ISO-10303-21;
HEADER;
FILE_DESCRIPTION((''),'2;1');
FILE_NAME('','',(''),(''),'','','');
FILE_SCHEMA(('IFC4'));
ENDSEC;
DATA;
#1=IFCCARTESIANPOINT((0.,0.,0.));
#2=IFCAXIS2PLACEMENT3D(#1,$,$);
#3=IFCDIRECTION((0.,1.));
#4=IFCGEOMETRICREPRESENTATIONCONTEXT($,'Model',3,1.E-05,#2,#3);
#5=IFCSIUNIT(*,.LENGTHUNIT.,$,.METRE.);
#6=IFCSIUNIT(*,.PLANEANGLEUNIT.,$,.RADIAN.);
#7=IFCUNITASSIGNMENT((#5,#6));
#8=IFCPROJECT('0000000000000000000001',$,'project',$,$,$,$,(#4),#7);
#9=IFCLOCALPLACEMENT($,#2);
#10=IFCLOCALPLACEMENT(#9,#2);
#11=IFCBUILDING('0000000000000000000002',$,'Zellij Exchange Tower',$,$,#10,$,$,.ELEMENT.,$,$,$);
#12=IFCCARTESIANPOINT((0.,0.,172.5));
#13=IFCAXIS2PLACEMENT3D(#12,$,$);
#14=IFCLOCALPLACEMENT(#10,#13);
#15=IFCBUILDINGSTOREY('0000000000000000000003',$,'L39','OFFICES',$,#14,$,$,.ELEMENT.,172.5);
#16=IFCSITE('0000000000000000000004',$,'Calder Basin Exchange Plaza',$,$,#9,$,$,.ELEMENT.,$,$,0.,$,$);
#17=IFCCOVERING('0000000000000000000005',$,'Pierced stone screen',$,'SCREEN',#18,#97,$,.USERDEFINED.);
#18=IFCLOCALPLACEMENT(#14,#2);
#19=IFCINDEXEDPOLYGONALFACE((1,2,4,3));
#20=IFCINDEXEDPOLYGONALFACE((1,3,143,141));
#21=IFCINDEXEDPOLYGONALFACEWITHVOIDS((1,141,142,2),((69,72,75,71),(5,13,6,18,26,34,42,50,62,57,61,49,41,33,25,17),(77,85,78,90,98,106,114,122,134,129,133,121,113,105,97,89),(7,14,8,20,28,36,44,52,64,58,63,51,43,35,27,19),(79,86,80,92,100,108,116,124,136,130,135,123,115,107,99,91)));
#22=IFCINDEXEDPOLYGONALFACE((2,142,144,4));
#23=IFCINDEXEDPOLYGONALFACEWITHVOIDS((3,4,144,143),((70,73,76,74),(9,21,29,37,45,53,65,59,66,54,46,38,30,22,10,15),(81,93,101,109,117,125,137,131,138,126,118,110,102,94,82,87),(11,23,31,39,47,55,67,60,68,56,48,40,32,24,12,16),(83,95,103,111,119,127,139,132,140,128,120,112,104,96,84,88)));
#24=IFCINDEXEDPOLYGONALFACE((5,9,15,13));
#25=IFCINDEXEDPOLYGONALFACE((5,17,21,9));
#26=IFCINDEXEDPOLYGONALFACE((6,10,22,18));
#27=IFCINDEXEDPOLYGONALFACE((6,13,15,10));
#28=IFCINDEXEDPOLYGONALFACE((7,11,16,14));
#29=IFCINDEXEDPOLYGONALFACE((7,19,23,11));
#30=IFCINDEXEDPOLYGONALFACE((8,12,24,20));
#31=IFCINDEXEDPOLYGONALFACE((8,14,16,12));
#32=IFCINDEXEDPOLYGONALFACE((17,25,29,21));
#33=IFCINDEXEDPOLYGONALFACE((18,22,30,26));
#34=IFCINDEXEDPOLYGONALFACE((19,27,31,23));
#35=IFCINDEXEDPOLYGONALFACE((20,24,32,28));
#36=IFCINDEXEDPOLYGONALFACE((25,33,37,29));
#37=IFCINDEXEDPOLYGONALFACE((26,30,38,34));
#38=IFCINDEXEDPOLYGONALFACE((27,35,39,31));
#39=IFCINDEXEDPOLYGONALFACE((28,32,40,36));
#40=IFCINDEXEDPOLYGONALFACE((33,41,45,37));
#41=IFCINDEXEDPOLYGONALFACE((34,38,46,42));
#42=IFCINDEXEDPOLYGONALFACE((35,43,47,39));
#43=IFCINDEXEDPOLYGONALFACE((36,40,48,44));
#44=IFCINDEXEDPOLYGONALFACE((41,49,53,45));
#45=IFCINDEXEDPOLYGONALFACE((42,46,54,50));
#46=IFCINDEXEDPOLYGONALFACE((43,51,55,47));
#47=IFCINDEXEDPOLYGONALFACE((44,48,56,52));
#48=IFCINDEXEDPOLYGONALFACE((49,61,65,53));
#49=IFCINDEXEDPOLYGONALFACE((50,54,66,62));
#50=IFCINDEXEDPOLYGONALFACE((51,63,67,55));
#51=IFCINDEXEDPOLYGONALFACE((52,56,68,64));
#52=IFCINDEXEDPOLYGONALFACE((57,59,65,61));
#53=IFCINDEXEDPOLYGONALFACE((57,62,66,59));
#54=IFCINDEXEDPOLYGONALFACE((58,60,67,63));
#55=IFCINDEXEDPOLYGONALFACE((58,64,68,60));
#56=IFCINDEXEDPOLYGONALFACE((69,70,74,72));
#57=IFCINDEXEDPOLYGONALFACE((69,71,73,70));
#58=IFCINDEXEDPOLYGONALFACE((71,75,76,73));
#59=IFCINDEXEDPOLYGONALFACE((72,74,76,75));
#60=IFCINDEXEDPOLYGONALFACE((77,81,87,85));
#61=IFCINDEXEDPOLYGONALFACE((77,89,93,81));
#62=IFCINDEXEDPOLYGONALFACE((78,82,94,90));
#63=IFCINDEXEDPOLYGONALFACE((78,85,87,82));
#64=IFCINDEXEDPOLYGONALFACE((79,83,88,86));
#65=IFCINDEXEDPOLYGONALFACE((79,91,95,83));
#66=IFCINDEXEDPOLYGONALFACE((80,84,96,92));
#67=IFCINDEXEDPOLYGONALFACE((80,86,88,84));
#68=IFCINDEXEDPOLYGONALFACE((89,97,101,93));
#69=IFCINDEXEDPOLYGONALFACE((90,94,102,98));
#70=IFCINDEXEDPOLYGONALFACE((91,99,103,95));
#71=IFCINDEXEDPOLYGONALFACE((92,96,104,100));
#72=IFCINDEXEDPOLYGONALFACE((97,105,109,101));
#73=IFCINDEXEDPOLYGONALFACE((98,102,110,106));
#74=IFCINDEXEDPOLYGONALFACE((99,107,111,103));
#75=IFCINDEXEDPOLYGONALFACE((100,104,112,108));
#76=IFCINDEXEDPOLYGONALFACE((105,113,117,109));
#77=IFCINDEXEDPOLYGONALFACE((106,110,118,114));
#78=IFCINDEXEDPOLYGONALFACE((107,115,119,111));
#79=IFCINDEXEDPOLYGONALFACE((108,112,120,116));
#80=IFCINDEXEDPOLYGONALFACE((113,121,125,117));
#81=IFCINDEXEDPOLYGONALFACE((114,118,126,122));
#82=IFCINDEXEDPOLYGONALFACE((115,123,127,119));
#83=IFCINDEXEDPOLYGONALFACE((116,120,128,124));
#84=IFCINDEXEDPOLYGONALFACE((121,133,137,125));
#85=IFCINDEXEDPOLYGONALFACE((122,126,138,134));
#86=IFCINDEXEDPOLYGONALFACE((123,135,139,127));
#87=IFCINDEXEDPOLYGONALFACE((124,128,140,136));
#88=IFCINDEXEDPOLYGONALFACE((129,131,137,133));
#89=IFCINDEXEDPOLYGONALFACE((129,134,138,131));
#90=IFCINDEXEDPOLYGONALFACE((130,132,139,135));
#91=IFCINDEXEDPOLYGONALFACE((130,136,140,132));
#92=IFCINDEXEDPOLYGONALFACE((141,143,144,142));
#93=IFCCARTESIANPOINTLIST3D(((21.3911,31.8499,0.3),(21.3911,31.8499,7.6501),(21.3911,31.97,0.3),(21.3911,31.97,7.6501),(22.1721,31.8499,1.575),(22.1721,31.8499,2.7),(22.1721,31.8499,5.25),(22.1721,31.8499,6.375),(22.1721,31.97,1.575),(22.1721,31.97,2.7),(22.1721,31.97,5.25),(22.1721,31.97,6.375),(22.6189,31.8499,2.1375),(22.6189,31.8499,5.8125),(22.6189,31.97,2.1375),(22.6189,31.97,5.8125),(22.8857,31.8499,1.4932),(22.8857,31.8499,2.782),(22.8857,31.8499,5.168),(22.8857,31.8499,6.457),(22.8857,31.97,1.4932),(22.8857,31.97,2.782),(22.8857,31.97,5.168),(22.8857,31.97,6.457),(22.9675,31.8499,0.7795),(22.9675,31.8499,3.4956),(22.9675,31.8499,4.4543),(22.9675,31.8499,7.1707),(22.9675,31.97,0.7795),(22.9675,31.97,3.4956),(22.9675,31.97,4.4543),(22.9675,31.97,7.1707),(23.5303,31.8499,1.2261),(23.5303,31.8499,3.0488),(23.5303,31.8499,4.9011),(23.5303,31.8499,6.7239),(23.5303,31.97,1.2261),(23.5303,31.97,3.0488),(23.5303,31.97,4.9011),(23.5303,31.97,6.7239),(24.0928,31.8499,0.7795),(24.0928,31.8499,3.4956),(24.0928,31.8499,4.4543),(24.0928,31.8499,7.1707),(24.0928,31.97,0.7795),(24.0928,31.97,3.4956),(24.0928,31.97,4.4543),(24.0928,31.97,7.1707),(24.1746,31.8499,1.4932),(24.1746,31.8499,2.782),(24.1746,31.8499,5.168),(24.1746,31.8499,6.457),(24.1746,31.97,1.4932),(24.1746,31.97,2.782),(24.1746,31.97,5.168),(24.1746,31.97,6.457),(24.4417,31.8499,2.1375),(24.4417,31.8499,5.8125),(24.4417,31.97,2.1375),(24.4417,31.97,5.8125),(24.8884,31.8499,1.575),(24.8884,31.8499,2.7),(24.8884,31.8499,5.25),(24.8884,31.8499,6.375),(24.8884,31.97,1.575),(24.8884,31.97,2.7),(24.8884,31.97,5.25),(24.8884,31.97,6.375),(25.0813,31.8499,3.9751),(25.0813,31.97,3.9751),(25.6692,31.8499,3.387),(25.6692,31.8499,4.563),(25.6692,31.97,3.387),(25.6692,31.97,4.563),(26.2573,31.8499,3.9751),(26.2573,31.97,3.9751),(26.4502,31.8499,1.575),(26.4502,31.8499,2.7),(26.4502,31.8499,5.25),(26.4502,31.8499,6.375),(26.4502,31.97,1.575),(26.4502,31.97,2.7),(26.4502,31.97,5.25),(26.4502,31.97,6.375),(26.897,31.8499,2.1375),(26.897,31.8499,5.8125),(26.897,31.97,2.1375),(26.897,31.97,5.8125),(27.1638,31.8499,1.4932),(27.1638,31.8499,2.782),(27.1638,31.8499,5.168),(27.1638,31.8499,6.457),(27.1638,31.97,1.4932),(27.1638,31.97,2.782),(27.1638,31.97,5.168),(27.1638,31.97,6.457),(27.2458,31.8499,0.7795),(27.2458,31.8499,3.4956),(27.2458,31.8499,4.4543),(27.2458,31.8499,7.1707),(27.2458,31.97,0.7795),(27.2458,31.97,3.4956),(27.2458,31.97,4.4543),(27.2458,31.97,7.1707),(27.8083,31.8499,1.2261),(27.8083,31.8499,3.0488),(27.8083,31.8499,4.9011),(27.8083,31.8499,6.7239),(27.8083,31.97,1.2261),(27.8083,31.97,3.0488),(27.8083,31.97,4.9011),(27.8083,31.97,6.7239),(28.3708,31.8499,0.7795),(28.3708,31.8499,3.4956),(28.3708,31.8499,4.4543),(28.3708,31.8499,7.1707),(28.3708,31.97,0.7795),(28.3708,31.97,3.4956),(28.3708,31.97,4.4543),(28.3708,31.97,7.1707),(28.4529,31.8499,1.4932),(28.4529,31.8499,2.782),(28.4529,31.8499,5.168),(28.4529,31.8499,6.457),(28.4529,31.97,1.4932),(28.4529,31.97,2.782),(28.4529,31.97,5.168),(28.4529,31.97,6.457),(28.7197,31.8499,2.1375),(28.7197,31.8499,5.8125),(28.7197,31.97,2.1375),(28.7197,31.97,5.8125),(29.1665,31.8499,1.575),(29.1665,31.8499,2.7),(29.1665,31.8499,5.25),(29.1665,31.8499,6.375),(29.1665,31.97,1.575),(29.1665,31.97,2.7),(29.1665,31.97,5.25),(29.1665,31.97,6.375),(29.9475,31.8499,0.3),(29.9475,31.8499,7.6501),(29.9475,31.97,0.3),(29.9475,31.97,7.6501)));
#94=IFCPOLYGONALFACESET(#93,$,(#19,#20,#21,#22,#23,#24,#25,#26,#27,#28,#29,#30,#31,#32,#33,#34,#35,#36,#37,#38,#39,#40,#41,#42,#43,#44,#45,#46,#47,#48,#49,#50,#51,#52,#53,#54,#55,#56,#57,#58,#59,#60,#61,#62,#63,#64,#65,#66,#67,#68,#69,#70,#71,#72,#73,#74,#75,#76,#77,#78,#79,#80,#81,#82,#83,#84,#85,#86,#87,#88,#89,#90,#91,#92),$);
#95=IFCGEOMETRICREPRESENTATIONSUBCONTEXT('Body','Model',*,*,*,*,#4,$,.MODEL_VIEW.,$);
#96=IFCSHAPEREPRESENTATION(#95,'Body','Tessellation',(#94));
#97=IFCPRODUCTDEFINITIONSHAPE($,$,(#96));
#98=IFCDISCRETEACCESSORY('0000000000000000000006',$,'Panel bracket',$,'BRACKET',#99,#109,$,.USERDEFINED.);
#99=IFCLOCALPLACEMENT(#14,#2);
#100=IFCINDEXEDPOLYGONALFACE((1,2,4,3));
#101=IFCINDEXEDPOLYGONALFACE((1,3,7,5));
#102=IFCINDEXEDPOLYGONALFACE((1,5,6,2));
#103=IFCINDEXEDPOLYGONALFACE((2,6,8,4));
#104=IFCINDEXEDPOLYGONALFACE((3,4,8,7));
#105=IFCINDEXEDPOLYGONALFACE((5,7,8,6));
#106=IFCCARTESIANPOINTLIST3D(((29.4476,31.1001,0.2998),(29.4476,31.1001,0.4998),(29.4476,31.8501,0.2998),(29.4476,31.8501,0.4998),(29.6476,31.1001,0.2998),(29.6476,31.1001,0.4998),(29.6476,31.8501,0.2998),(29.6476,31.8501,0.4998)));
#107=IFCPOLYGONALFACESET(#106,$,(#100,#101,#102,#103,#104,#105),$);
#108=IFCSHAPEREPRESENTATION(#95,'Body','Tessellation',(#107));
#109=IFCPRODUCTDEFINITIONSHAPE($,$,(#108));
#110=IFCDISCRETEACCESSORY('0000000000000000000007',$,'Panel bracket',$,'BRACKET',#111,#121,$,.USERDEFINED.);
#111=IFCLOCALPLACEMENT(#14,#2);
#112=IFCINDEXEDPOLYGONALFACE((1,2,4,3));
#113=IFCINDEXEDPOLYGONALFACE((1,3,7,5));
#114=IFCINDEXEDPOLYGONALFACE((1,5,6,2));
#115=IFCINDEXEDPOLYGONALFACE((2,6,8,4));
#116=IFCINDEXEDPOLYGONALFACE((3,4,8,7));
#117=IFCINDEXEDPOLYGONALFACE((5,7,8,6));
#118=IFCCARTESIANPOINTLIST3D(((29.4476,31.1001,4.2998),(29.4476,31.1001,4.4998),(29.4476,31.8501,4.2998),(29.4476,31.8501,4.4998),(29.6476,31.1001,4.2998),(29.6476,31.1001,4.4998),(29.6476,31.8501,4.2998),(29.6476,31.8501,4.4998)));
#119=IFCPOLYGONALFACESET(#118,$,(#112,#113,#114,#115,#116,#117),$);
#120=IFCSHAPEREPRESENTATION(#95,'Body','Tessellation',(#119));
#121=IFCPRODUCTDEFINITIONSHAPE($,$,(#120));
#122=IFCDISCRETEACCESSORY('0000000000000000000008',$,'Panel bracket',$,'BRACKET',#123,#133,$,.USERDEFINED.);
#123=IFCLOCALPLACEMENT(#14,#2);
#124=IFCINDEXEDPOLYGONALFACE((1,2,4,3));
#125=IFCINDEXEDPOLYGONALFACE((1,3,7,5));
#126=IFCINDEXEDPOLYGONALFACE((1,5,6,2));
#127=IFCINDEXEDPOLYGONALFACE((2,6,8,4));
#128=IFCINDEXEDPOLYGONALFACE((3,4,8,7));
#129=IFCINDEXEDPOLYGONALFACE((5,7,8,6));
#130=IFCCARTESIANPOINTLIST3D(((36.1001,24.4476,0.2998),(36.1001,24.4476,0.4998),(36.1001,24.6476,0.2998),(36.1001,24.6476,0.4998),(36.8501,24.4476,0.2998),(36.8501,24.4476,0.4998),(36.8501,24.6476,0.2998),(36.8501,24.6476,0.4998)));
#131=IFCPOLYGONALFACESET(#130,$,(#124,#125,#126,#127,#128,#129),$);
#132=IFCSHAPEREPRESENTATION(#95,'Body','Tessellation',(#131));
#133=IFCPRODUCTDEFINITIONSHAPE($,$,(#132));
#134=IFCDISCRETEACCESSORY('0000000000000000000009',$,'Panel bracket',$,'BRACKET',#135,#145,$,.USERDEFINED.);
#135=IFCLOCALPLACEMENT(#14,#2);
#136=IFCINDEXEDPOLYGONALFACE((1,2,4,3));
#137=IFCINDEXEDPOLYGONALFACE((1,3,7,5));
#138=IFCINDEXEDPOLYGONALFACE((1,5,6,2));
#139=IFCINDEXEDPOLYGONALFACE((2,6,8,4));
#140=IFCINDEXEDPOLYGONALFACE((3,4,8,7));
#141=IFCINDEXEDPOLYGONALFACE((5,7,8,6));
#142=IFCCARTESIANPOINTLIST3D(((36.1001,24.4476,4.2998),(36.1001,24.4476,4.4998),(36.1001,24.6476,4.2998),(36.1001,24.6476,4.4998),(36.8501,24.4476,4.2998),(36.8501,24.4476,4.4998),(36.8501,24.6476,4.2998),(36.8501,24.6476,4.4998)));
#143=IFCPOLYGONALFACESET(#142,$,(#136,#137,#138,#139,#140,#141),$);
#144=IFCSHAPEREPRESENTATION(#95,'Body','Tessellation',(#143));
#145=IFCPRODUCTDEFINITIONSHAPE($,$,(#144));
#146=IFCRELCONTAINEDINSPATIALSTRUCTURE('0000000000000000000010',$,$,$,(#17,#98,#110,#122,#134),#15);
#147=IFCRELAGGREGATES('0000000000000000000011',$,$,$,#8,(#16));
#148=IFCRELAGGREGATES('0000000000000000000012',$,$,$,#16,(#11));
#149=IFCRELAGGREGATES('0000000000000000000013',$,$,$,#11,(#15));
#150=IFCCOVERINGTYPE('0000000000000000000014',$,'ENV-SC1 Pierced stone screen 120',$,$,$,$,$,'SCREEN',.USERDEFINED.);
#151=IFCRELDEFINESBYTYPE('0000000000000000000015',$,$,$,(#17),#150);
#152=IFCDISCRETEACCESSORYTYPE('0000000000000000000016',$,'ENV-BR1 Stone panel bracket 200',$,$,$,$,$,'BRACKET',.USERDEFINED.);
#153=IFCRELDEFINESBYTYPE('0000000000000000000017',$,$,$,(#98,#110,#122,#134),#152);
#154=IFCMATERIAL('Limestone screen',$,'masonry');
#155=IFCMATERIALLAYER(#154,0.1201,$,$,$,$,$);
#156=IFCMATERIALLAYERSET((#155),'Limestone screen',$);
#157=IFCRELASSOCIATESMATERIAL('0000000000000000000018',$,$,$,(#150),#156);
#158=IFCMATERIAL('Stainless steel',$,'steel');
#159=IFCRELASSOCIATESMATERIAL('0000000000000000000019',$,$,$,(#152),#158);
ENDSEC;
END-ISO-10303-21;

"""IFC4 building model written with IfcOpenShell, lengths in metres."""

from ifc_helpers import new_model, si_unit, direction, frame, origin, origin_2d, place, context, subcontext, project, spatial, polyline, rectangle, outline, extrude, material, layer, layer_set, type_object, element, save


model = new_model("IFC4")

# Units and contexts
model_context = context("Model", 3, precision=1e-05, world=origin(), true_north=direction((0.0, 1.0)))
body_context = subcontext(model_context, "Body", "Model", "MODEL_VIEW")
ifc_project = project(units=[si_unit("LENGTHUNIT", "METRE"), si_unit("PLANEANGLEUNIT", "RADIAN")], contexts=[model_context])

# Site, building, storey
site_placement = place(None, origin())
site = spatial("IfcSite", under=ifc_project, at=site_placement, Name="Calder Basin Exchange Plaza", CompositionType="ELEMENT", RefElevation=0.0)
building_placement = place(site_placement, origin())
building = spatial("IfcBuilding", under=site, at=building_placement, Name="Zellij Exchange Tower", CompositionType="ELEMENT")
storey_placement = place(building_placement, frame((0.0, 0.0, 172.5)))
storey = spatial("IfcBuildingStorey", under=building, at=storey_placement, Name="L39", Description="OFFICES", CompositionType="ELEMENT", Elevation=172.5)

# Covering
ifc_material_1 = material(Name="Limestone screen", Category="masonry")
ifc_layer_1 = layer(ifc_material_1, 0.1201)
ifc_layer_set_1 = layer_set([ifc_layer_1], Name="Limestone screen")
covering_type = type_object("IfcCoveringType", Name="ENV-SC1 Pierced stone screen 120", ElementType="SCREEN", PredefinedType="USERDEFINED", material=ifc_layer_set_1)
covering_placement = place(storey_placement, frame((29.9475, 31.9099, 0.3), z_axis=(0.0, 0.0, 1.0), x_axis=(-1.0, 0.0, 0.0)))
element("IfcCovering", 1, at=covering_placement, inside=storey, type_object=covering_type, Name="Pierced stone screen", ObjectType="SCREEN", PredefinedType="USERDEFINED", context=body_context, shape_type="SweptSolid", body=[
    extrude(outline(polyline([(0.0, 0.0), (8.5564, 0.0), (8.5564, 7.3501), (0.0, 7.3501), (0.0, 0.0)]), holes=[polyline([(3.4973, 2.3999), (2.7837, 2.4819), (2.7017, 3.1956), (2.1392, 2.7488), (1.5767, 3.1956), (1.4946, 2.4819), (0.781, 2.3999), (1.2278, 1.8374), (0.781, 1.2749), (1.4946, 1.1931), (1.5767, 0.4795), (2.1392, 0.926), (2.7017, 0.4795), (2.7837, 1.1931), (3.4973, 1.2749), (3.0505, 1.8374), (3.4973, 2.3999)]), polyline([(3.4973, 6.075), (2.7837, 6.157), (2.7017, 6.8706), (2.1392, 6.4238), (1.5767, 6.8706), (1.4946, 6.157), (0.781, 6.075), (1.2278, 5.5125), (0.781, 4.95), (1.4946, 4.8679), (1.5767, 4.1543), (2.1392, 4.6011), (2.7017, 4.1543), (2.7837, 4.8679), (3.4973, 4.95), (3.0505, 5.5125), (3.4973, 6.075)]), polyline([(7.7754, 2.3999), (7.0618, 2.4819), (6.98, 3.1956), (6.4172, 2.7488), (5.8547, 3.1956), (5.7729, 2.4819), (5.0591, 2.3999), (5.5059, 1.8374), (5.0591, 1.2749), (5.7729, 1.1931), (5.8547, 0.4795), (6.4172, 0.926), (6.98, 0.4795), (7.0618, 1.1931), (7.7754, 1.2749), (7.3286, 1.8374), (7.7754, 2.3999)]), polyline([(7.7754, 6.075), (7.0618, 6.157), (6.98, 6.8706), (6.4172, 6.4238), (5.8547, 6.8706), (5.7729, 6.157), (5.0591, 6.075), (5.5059, 5.5125), (5.0591, 4.95), (5.7729, 4.8679), (5.8547, 4.1543), (6.4172, 4.6011), (6.98, 4.1543), (7.0618, 4.8679), (7.7754, 4.95), (7.3286, 5.5125), (7.7754, 6.075)]), polyline([(4.8662, 3.675), (4.2783, 4.2629), (3.6902, 3.675), (4.2783, 3.0869), (4.8662, 3.675)])]), frame((0.0, 0.0601, 0.0), z_axis=(0.0, -1.0, 0.0), x_axis=(1.0, 0.0, 0.0)), (0.0, 0.0, 1.0), 0.1201),
])

# Discrete accessories
ifc_material_2 = material(Name="Stainless steel", Category="steel")
discrete_accessory_type = type_object("IfcDiscreteAccessoryType", Name="ENV-BR1 Stone panel bracket 200", ElementType="BRACKET", PredefinedType="USERDEFINED", material=ifc_material_2)
for number, where, z_axis, x_axis, name in (
    (2, (29.5476, 31.4751, 0.2998), (0.0, 0.0, 1.0), (-1.0, 0.0, 0.0), "Panel bracket"),
    (3, (29.5476, 31.4751, 4.2998), (0.0, 0.0, 1.0), (-1.0, 0.0, 0.0), "Panel bracket"),
    (4, (36.4751, 24.5476, 0.2998), (0.0, 0.0, 1.0), (0.0, 1.0, 0.0), "Panel bracket"),
    (5, (36.4751, 24.5476, 4.2998), (0.0, 0.0, 1.0), (0.0, 1.0, 0.0), "Panel bracket"),
):
    element("IfcDiscreteAccessory", number, at=place(storey_placement, frame(where, z_axis=z_axis, x_axis=x_axis)), inside=storey, type_object=discrete_accessory_type, Name=name, ObjectType="BRACKET", PredefinedType="USERDEFINED", context=body_context, shape_type="SweptSolid", body=[
        extrude(rectangle(XDim=0.2, YDim=0.75, at=origin_2d()), origin(), (0.0, 0.0, 1.0), 0.2),
    ])

save(model, "model.ifc")
